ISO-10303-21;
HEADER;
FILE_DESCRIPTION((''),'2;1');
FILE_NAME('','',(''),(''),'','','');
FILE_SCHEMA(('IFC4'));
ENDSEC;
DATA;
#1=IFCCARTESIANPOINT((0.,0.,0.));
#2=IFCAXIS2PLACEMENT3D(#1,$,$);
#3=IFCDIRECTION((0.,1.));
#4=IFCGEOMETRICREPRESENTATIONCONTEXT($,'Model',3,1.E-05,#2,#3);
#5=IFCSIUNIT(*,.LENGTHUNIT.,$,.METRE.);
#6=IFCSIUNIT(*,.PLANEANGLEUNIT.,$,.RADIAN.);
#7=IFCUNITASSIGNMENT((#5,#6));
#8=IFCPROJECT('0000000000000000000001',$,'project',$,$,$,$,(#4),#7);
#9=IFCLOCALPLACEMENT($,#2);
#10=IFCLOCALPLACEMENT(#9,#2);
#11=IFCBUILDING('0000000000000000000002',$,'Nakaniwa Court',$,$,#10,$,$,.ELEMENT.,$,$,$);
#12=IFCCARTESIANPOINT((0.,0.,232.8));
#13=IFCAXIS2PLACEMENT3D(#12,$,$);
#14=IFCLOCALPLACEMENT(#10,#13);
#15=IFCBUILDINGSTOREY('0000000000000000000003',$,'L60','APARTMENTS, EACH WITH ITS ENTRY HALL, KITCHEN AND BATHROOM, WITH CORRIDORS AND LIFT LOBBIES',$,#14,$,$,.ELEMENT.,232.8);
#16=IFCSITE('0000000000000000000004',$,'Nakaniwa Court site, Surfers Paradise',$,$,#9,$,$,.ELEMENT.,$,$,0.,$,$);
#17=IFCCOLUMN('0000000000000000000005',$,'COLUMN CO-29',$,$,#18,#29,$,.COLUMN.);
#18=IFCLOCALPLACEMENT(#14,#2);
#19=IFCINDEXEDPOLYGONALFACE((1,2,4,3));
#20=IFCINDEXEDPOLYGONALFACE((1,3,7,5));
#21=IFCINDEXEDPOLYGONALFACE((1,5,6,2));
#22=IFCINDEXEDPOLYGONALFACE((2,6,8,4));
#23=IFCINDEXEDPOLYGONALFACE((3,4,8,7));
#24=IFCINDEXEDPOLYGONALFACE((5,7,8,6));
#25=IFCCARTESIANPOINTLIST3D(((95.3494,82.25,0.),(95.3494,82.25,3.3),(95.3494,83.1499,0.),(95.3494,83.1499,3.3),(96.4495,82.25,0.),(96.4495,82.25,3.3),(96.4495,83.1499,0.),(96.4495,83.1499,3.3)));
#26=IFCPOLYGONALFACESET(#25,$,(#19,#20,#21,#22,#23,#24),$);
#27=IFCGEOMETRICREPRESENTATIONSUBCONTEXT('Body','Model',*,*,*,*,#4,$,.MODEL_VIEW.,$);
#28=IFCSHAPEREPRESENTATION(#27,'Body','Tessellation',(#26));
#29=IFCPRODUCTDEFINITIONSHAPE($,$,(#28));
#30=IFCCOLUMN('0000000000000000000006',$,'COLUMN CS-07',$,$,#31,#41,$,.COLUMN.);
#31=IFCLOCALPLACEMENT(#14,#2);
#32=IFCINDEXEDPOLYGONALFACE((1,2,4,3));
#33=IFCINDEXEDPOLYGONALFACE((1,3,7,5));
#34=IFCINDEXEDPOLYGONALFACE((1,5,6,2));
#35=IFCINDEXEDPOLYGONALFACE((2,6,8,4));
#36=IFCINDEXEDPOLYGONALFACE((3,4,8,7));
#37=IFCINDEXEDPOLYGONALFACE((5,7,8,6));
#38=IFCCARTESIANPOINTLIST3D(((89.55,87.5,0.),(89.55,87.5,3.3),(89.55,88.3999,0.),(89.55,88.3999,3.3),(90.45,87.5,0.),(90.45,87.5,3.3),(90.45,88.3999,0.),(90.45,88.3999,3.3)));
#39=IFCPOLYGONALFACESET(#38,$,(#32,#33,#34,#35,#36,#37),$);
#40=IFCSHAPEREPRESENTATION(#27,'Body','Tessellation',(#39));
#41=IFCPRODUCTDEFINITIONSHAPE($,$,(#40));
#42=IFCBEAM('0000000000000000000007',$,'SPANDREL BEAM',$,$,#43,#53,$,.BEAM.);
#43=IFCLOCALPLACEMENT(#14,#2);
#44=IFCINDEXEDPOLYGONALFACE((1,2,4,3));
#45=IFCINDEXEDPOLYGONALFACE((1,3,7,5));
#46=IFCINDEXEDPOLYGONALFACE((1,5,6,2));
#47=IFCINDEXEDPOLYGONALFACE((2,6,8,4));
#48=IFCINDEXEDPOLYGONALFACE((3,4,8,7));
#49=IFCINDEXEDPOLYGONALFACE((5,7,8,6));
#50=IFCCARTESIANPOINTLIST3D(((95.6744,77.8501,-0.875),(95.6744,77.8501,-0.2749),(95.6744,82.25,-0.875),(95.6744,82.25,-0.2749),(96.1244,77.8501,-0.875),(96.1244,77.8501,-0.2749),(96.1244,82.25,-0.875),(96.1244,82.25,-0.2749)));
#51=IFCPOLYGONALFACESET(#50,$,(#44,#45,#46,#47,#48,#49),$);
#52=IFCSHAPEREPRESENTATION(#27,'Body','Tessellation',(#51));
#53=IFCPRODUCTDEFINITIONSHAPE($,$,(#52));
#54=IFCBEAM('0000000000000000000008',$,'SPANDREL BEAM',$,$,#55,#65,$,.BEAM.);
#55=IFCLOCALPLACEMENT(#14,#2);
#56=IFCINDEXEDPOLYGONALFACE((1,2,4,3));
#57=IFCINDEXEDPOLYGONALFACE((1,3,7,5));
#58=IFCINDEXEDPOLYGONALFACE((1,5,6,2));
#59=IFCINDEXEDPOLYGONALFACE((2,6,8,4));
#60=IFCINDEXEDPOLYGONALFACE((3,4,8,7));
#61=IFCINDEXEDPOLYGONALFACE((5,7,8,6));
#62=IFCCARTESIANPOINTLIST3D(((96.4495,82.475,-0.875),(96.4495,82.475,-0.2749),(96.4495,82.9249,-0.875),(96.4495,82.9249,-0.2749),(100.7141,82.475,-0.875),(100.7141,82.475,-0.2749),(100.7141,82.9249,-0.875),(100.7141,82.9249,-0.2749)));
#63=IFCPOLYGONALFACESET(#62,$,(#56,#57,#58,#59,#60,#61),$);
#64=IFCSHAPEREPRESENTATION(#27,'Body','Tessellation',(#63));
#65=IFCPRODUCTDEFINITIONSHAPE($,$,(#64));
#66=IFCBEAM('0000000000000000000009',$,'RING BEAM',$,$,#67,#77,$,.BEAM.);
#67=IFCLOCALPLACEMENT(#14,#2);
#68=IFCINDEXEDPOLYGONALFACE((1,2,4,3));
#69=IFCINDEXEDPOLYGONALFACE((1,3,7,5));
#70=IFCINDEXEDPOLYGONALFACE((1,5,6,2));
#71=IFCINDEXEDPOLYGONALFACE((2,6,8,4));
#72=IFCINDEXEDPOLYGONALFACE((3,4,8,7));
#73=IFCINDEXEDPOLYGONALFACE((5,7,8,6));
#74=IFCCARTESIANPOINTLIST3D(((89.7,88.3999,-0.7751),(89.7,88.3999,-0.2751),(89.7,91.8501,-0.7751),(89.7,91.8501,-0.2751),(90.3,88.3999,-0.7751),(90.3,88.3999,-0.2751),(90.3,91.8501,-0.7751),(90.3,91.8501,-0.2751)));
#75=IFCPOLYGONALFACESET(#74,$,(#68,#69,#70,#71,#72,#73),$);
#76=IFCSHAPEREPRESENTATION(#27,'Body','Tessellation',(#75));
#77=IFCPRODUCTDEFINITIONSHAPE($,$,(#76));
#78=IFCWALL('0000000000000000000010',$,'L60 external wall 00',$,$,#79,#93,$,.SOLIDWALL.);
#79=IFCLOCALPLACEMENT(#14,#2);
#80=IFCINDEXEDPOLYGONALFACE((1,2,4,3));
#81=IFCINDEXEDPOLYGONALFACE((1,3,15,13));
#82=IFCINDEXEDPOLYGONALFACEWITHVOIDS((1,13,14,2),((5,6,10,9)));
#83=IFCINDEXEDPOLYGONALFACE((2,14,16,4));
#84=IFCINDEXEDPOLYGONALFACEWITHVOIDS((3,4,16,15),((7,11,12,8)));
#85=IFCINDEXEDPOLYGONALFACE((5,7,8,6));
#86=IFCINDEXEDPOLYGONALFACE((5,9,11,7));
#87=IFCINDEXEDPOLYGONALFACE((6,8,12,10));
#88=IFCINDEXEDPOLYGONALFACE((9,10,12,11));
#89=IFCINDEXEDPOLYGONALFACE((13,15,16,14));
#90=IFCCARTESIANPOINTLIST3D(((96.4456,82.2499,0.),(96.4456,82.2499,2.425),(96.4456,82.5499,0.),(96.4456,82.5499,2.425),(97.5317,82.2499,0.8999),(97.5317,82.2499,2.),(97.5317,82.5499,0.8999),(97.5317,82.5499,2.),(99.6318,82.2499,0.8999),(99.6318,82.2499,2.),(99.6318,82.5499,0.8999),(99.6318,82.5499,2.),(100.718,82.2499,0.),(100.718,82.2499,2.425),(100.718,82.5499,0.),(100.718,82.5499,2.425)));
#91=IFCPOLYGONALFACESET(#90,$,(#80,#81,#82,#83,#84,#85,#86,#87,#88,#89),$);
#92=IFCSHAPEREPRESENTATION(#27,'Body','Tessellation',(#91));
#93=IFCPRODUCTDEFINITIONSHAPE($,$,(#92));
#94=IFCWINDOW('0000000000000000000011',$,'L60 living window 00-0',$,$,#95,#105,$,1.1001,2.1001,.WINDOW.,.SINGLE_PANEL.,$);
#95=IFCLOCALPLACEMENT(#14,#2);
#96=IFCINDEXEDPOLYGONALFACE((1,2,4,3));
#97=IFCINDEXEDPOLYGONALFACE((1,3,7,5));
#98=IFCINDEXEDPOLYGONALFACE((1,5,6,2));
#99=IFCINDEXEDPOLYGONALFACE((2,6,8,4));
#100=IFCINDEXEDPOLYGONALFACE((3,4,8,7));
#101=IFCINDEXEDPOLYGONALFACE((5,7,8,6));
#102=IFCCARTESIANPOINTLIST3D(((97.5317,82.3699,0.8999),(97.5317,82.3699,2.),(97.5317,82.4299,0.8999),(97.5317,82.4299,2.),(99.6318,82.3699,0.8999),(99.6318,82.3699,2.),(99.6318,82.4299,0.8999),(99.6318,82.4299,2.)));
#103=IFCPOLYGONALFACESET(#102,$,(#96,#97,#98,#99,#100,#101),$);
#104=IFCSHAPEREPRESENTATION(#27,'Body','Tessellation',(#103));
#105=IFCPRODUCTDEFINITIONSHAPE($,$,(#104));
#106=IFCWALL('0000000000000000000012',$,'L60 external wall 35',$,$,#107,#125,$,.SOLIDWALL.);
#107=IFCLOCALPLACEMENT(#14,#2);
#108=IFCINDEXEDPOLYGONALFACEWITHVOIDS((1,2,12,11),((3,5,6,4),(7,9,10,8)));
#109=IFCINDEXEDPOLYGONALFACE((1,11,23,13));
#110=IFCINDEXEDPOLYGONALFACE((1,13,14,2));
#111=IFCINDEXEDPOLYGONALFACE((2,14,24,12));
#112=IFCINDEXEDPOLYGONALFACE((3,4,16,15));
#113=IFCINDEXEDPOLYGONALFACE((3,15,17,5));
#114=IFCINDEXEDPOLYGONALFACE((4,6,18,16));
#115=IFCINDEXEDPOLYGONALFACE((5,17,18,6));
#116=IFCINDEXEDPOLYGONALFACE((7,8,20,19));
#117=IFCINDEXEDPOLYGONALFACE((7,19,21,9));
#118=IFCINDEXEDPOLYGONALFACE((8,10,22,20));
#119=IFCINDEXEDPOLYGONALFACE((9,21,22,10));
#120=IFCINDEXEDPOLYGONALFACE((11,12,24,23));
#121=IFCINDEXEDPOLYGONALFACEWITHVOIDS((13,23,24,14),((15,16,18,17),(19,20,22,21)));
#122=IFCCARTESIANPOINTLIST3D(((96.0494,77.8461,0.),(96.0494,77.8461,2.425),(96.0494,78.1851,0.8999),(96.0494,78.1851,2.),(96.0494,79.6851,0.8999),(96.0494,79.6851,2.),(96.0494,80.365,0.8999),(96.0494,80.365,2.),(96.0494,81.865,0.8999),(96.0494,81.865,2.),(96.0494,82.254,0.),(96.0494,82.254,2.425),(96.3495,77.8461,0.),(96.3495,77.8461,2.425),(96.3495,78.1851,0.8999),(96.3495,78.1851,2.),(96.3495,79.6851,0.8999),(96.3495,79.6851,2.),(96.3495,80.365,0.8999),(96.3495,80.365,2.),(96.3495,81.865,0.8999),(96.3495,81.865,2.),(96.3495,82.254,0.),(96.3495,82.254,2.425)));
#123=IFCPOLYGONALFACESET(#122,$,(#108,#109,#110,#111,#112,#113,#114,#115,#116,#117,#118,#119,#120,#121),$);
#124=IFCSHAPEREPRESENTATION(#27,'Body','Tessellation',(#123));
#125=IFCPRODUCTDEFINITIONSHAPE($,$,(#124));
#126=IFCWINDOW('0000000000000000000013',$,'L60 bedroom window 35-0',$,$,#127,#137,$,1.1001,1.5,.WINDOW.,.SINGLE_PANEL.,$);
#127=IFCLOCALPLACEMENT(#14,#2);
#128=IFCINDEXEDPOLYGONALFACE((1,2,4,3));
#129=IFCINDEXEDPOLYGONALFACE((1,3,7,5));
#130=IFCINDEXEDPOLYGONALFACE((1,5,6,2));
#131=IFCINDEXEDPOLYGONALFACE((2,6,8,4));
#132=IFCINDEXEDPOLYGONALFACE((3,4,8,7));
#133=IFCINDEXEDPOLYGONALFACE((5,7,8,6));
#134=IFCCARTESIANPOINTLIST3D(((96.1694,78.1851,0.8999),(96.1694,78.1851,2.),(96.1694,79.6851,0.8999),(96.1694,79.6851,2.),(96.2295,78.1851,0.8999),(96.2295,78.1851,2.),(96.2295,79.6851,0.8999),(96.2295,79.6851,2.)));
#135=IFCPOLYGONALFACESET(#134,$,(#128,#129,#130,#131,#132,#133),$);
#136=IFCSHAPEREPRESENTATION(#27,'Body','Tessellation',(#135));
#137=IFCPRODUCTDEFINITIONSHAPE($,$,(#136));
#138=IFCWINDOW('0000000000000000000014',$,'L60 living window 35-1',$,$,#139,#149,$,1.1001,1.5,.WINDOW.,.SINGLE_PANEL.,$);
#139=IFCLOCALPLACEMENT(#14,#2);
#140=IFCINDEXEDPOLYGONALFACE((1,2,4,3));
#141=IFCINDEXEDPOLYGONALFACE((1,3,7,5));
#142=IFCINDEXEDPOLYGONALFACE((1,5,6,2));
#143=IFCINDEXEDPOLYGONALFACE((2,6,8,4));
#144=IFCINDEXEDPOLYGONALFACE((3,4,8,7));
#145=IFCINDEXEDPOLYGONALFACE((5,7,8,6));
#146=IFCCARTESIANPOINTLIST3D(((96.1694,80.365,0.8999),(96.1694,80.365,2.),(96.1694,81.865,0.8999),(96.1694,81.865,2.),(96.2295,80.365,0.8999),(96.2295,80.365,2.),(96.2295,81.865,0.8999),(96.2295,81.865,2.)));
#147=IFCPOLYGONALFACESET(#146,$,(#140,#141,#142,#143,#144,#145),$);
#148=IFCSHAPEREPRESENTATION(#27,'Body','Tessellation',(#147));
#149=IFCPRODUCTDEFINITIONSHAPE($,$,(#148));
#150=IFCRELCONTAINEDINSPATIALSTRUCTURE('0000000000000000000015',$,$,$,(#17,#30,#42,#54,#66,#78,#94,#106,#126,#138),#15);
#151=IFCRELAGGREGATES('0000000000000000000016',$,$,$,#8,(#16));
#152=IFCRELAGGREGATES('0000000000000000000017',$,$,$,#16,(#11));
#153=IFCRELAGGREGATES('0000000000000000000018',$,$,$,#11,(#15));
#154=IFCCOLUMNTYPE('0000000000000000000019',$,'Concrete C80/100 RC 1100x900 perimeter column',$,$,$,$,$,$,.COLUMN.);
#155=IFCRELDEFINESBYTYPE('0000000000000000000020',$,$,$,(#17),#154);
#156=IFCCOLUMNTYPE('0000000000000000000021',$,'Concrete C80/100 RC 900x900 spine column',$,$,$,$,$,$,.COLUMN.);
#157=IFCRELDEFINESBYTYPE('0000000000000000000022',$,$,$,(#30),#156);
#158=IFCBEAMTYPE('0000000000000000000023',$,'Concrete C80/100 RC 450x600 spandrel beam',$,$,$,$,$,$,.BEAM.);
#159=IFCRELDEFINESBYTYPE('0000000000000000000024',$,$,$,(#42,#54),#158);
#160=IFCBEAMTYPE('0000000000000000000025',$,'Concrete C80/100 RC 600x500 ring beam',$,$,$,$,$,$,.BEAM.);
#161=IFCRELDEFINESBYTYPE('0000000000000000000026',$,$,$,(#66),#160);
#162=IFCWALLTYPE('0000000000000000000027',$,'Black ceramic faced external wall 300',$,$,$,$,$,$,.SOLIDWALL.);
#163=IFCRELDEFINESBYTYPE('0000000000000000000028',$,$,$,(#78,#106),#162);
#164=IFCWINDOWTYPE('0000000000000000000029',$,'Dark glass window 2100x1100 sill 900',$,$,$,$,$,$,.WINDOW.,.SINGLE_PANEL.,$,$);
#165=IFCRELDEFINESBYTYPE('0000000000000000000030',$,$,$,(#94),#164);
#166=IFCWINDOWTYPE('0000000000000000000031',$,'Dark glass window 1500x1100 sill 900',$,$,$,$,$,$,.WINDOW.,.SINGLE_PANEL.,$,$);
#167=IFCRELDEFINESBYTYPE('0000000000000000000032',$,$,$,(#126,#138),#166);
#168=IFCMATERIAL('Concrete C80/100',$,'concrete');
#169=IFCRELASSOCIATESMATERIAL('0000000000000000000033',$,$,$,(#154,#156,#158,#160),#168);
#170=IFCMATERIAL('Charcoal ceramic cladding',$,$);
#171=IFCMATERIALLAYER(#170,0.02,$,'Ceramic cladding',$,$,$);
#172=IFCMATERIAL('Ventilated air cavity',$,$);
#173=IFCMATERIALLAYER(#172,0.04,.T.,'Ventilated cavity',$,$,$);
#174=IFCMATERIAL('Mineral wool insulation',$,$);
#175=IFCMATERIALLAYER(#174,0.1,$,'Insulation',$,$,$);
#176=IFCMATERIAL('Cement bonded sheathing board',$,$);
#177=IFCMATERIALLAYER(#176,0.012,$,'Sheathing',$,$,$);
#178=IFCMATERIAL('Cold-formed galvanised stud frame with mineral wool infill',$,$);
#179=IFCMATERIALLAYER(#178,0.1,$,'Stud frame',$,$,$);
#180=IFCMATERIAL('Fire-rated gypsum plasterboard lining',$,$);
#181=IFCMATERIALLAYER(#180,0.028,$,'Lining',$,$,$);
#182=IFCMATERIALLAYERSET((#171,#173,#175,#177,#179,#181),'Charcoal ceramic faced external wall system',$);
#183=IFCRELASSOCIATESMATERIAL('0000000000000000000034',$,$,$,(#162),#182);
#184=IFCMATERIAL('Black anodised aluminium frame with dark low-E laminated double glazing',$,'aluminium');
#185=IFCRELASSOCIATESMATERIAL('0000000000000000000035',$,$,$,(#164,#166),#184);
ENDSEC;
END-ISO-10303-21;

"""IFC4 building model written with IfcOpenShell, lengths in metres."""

from ifc_helpers import new_model, si_unit, direction, frame, frame_2d, origin, origin_2d, place, context, subcontext, project, spatial, rectangle, extrude, material, layer, layer_set, material_profile, profile_set, type_object, element, fill, save


model = new_model("IFC4")

# Units and contexts
model_context = context("Model", 3, precision=1e-05, world=origin(), true_north=direction((0.0, 1.0)))
body_context = subcontext(model_context, "Body", "Model", "MODEL_VIEW")
ifc_project = project(units=[si_unit("LENGTHUNIT", "METRE"), si_unit("PLANEANGLEUNIT", "RADIAN")], contexts=[model_context])

# Site, building, storey
site_placement = place(None, origin())
site = spatial("IfcSite", under=ifc_project, at=site_placement, Name="Nakaniwa Court site, Surfers Paradise", CompositionType="ELEMENT", RefElevation=0.0)
building_placement = place(site_placement, origin())
building = spatial("IfcBuilding", under=site, at=building_placement, Name="Nakaniwa Court", CompositionType="ELEMENT")
storey_placement = place(building_placement, frame((0.0, 0.0, 232.8)))
storey = spatial("IfcBuildingStorey", under=building, at=storey_placement, Name="L60", Description="APARTMENTS, EACH WITH ITS ENTRY HALL, KITCHEN AND BATHROOM, WITH CORRIDORS AND LIFT LOBBIES", CompositionType="ELEMENT", Elevation=232.8)

# Columns
ifc_material_1 = material(Name="Concrete C80/100", Category="concrete")
ifc_material_profile_1 = material_profile(ifc_material_1, rectangle(XDim=1.1001, YDim=0.8999, at=origin_2d()), Name="Concrete C80/100 RC 1100x900 perimeter column")
ifc_profile_set_1 = profile_set([ifc_material_profile_1], Name="Concrete C80/100")
column_type_1 = type_object("IfcColumnType", Name="Concrete C80/100 RC 1100x900 perimeter column", PredefinedType="COLUMN", material=ifc_profile_set_1)
column_1_placement = place(storey_placement, frame((95.8994, 82.7, 0.0), z_axis=(0.0, 0.0, 1.0), x_axis=(1.0, 0.0, 0.0)))
element("IfcColumn", 1, at=column_1_placement, inside=storey, type_object=column_type_1, Name="COLUMN CO-29", PredefinedType="COLUMN", context=body_context, shape_type="SweptSolid", body=[
    extrude(rectangle(XDim=1.1001, YDim=0.8999, at=origin_2d()), origin(), (0.0, 0.0, 1.0), 3.3),
])
ifc_material_profile_2 = material_profile(ifc_material_1, rectangle(XDim=0.8999, YDim=0.8999, at=origin_2d()), Name="Concrete C80/100 RC 900x900 spine column")
ifc_profile_set_2 = profile_set([ifc_material_profile_2], Name="Concrete C80/100")
column_type_2 = type_object("IfcColumnType", Name="Concrete C80/100 RC 900x900 spine column", PredefinedType="COLUMN", material=ifc_profile_set_2)
column_2_placement = place(storey_placement, frame((90.0, 87.95, 0.0), z_axis=(0.0, 0.0, 1.0), x_axis=(0.0, 1.0, 0.0)))
element("IfcColumn", 2, at=column_2_placement, inside=storey, type_object=column_type_2, Name="COLUMN CS-07", PredefinedType="COLUMN", context=body_context, shape_type="SweptSolid", body=[
    extrude(rectangle(XDim=0.8999, YDim=0.8999, at=origin_2d()), origin(), (0.0, 0.0, 1.0), 3.3),
])

# Beams
ifc_material_profile_3 = material_profile(ifc_material_1, rectangle(XDim=0.45, YDim=0.6001, at=origin_2d()), Name="Concrete C80/100 RC 450x600 spandrel beam")
ifc_profile_set_3 = profile_set([ifc_material_profile_3], Name="Concrete C80/100")
beam_type_1 = type_object("IfcBeamType", Name="Concrete C80/100 RC 450x600 spandrel beam", PredefinedType="BEAM", material=ifc_profile_set_3)
beam_1_placement = place(storey_placement, frame((95.8994, 77.8501, -0.575), z_axis=(0.0, 1.0, 0.0), x_axis=(-1.0, 0.0, 0.0)))
element("IfcBeam", 3, at=beam_1_placement, inside=storey, type_object=beam_type_1, Name="SPANDREL BEAM", PredefinedType="BEAM", context=body_context, shape_type="SweptSolid", body=[
    extrude(rectangle(XDim=0.45, YDim=0.6001, at=origin_2d()), origin(), (0.0, 0.0, 1.0), 4.3999),
])
beam_2_placement = place(storey_placement, frame((96.4495, 82.7, -0.575), z_axis=(1.0, 0.0, 0.0), x_axis=(0.0, 1.0, 0.0)))
element("IfcBeam", 4, at=beam_2_placement, inside=storey, type_object=beam_type_1, Name="SPANDREL BEAM", PredefinedType="BEAM", context=body_context, shape_type="SweptSolid", body=[
    extrude(rectangle(XDim=0.45, YDim=0.6001, at=origin_2d()), origin(), (0.0, 0.0, 1.0), 4.2646),
])
ifc_material_profile_4 = material_profile(ifc_material_1, rectangle(XDim=0.6001, YDim=0.5, at=origin_2d()), Name="Concrete C80/100 RC 600x500 ring beam")
ifc_profile_set_4 = profile_set([ifc_material_profile_4], Name="Concrete C80/100")
beam_type_2 = type_object("IfcBeamType", Name="Concrete C80/100 RC 600x500 ring beam", PredefinedType="BEAM", material=ifc_profile_set_4)
beam_3_placement = place(storey_placement, frame((90.0, 88.3999, -0.5251), z_axis=(0.0, 1.0, 0.0), x_axis=(-1.0, 0.0, 0.0)))
element("IfcBeam", 5, at=beam_3_placement, inside=storey, type_object=beam_type_2, Name="RING BEAM", PredefinedType="BEAM", context=body_context, shape_type="SweptSolid", body=[
    extrude(rectangle(XDim=0.6001, YDim=0.5, at=origin_2d()), origin(), (0.0, 0.0, 1.0), 3.4502),
])

# Wall, opening, window
ifc_material_2 = material(Name="Charcoal ceramic cladding")
ifc_layer_1 = layer(ifc_material_2, 0.02, Name="Ceramic cladding")
ifc_material_3 = material(Name="Ventilated air cavity")
ifc_layer_2 = layer(ifc_material_3, 0.04, ventilated=True, Name="Ventilated cavity")
ifc_material_4 = material(Name="Mineral wool insulation")
ifc_layer_3 = layer(ifc_material_4, 0.1, Name="Insulation")
ifc_material_5 = material(Name="Cement bonded sheathing board")
ifc_layer_4 = layer(ifc_material_5, 0.012, Name="Sheathing")
ifc_material_6 = material(Name="Cold-formed galvanised stud frame with mineral wool infill")
ifc_layer_5 = layer(ifc_material_6, 0.1, Name="Stud frame")
ifc_material_7 = material(Name="Fire-rated gypsum plasterboard lining")
ifc_layer_6 = layer(ifc_material_7, 0.028, Name="Lining")
ifc_layer_set_1 = layer_set([ifc_layer_1, ifc_layer_2, ifc_layer_3, ifc_layer_4, ifc_layer_5, ifc_layer_6], Name="Charcoal ceramic faced external wall system")
wall_type_1 = type_object("IfcWallType", Name="Black ceramic faced external wall 300", PredefinedType="SOLIDWALL", material=ifc_layer_set_1)
wall_1_placement = place(storey_placement, frame((96.4456, 82.3999, 0.0), z_axis=(0.0, 0.0, 1.0), x_axis=(1.0, 0.0, 0.0)))
wall_1 = element("IfcWall", 6, at=wall_1_placement, inside=storey, type_object=wall_type_1, Name="L60 external wall 00", PredefinedType="SOLIDWALL", context=body_context, shape_type="SweptSolid", body=[
    extrude(rectangle(XDim=4.2725, YDim=0.3, at=frame_2d((2.1362, 0.0))), origin(), (0.0, 0.0, 1.0), 2.425),
])
opening_1_placement = place(wall_1_placement, frame((1.0862, 0.0, 0.8999)))
opening_1 = element("IfcOpeningElement", 7, at=opening_1_placement, cuts=wall_1, PredefinedType="OPENING", context=body_context, shape_type="SweptSolid", body=[
    extrude(rectangle(XDim=2.1001, YDim=1.1001, at=frame_2d((1.05, 0.55))), frame((0.0, 0.1599, 0.0), z_axis=(0.0, -1.0, 0.0), x_axis=(1.0, 0.0, 0.0)), (0.0, 0.0, 1.0), 0.3201),
])
ifc_material_8 = material(Name="Black anodised aluminium frame with dark low-E laminated double glazing", Category="aluminium")
window_type_1 = type_object("IfcWindowType", Name="Dark glass window 2100x1100 sill 900", PartitioningType="SINGLE_PANEL", PredefinedType="WINDOW", material=ifc_material_8)
window_1_placement = place(opening_1_placement, origin())
window_1 = element("IfcWindow", 8, at=window_1_placement, inside=storey, type_object=window_type_1, Name="L60 living window 00-0", OverallHeight=1.1001, OverallWidth=2.1001, PartitioningType="SINGLE_PANEL", PredefinedType="WINDOW", context=body_context, shape_type="SweptSolid", body=[
    extrude(rectangle(XDim=2.1001, YDim=1.1001, at=frame_2d((1.05, 0.55))), frame((0.0, 0.03, 0.0), z_axis=(0.0, -1.0, 0.0), x_axis=(1.0, 0.0, 0.0)), (0.0, 0.0, 1.0), 0.0601),
])
fill(opening_1, window_1)

# Wall, openings, windows
wall_2_placement = place(storey_placement, frame((96.1995, 77.8459, 0.0), z_axis=(0.0, 0.0, 1.0), x_axis=(0.0, 1.0, 0.0)))
wall_2 = element("IfcWall", 9, at=wall_2_placement, inside=storey, type_object=wall_type_1, Name="L60 external wall 35", PredefinedType="SOLIDWALL", context=body_context, shape_type="SweptSolid", body=[
    extrude(rectangle(XDim=4.408, YDim=0.3, at=frame_2d((2.2041, 0.0))), origin(), (0.0, 0.0, 1.0), 2.425),
])
opening_2_placement = place(wall_2_placement, frame((0.3391, 0.0, 0.8999)))
opening_2 = element("IfcOpeningElement", 10, at=opening_2_placement, cuts=wall_2, PredefinedType="OPENING", context=body_context, shape_type="SweptSolid", body=[
    extrude(rectangle(XDim=1.5, YDim=1.1001, at=frame_2d((0.75, 0.55))), frame((0.0, 0.1599, 0.0), z_axis=(0.0, -1.0, 0.0), x_axis=(1.0, 0.0, 0.0)), (0.0, 0.0, 1.0), 0.3201),
])
opening_3_placement = place(wall_2_placement, frame((2.519, 0.0, 0.8999)))
opening_3 = element("IfcOpeningElement", 11, at=opening_3_placement, cuts=wall_2, PredefinedType="OPENING", context=body_context, shape_type="SweptSolid", body=[
    extrude(rectangle(XDim=1.5, YDim=1.1001, at=frame_2d((0.75, 0.55))), frame((0.0, 0.1599, 0.0), z_axis=(0.0, -1.0, 0.0), x_axis=(1.0, 0.0, 0.0)), (0.0, 0.0, 1.0), 0.3201),
])
window_type_2 = type_object("IfcWindowType", Name="Dark glass window 1500x1100 sill 900", PartitioningType="SINGLE_PANEL", PredefinedType="WINDOW", material=ifc_material_8)
window_2_placement = place(opening_2_placement, origin())
window_2 = element("IfcWindow", 12, at=window_2_placement, inside=storey, type_object=window_type_2, Name="L60 bedroom window 35-0", OverallHeight=1.1001, OverallWidth=1.5, PartitioningType="SINGLE_PANEL", PredefinedType="WINDOW", context=body_context, shape_type="SweptSolid", body=[
    extrude(rectangle(XDim=1.5, YDim=1.1001, at=frame_2d((0.75, 0.55))), frame((0.0, 0.03, 0.0), z_axis=(0.0, -1.0, 0.0), x_axis=(1.0, 0.0, 0.0)), (0.0, 0.0, 1.0), 0.0601),
])
fill(opening_2, window_2)
window_3_placement = place(opening_3_placement, origin())
window_3 = element("IfcWindow", 13, at=window_3_placement, inside=storey, type_object=window_type_2, Name="L60 living window 35-1", OverallHeight=1.1001, OverallWidth=1.5, PartitioningType="SINGLE_PANEL", PredefinedType="WINDOW", context=body_context, shape_type="SweptSolid", body=[
    extrude(rectangle(XDim=1.5, YDim=1.1001, at=frame_2d((0.75, 0.55))), frame((0.0, 0.03, 0.0), z_axis=(0.0, -1.0, 0.0), x_axis=(1.0, 0.0, 0.0)), (0.0, 0.0, 1.0), 0.0601),
])
fill(opening_3, window_3)

save(model, "model.ifc")
